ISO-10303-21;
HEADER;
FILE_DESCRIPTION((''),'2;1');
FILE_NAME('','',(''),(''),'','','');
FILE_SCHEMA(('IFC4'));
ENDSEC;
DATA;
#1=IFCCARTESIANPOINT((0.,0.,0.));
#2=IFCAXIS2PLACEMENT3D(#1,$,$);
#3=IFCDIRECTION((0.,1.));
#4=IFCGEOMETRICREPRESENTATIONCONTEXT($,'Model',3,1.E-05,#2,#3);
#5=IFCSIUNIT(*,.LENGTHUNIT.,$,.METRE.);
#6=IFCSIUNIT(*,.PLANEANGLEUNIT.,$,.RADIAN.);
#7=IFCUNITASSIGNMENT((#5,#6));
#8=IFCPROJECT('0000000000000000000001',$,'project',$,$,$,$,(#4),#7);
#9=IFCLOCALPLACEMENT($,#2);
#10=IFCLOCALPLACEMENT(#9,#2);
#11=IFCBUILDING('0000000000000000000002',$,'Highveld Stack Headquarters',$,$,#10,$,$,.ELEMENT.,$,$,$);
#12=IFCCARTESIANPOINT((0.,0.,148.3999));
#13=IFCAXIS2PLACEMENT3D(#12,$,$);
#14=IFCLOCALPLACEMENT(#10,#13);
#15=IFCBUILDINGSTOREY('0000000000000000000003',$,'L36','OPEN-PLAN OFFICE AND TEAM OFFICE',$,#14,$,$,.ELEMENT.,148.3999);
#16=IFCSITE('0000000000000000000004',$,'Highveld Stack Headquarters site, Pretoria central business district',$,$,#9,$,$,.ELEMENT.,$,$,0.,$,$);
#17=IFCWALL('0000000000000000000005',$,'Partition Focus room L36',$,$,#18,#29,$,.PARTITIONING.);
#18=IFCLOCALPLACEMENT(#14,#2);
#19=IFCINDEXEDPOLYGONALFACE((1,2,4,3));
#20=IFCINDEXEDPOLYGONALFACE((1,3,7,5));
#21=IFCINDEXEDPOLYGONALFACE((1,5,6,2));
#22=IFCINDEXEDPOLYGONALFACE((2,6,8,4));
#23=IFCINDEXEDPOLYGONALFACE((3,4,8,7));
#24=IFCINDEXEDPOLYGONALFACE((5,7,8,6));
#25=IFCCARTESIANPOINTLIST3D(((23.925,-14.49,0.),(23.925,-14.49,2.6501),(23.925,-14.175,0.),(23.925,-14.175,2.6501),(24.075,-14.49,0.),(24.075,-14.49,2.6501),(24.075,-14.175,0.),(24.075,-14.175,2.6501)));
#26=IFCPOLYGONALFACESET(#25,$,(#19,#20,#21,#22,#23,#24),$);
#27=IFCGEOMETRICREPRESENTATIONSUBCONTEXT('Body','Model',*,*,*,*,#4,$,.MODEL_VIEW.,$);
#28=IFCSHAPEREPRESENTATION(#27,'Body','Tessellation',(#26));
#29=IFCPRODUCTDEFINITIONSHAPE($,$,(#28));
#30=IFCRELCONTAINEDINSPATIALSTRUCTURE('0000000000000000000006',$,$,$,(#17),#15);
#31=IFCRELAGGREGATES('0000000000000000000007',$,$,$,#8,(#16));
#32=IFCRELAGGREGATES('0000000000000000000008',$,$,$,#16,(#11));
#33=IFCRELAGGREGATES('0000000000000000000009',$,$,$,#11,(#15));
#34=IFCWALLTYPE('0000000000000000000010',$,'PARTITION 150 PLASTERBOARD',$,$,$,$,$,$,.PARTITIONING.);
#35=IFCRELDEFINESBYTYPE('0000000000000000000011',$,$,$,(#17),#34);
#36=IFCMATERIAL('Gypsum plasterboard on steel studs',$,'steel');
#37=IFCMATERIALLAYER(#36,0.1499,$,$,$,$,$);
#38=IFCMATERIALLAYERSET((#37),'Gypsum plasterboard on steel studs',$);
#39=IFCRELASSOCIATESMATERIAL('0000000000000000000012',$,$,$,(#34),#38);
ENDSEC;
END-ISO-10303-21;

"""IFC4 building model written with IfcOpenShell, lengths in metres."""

from ifc_helpers import new_model, si_unit, direction, frame, frame_2d, origin, place, context, subcontext, project, spatial, rectangle, extrude, material, layer, layer_set, type_object, element, save


model = new_model("IFC4")

# Units and contexts
model_context = context("Model", 3, precision=1e-05, world=origin(), true_north=direction((0.0, 1.0)))
body_context = subcontext(model_context, "Body", "Model", "MODEL_VIEW")
ifc_project = project(units=[si_unit("LENGTHUNIT", "METRE"), si_unit("PLANEANGLEUNIT", "RADIAN")], contexts=[model_context])

# Site, building, storey
site_placement = place(None, origin())
site = spatial("IfcSite", under=ifc_project, at=site_placement, Name="Highveld Stack Headquarters site, Pretoria central business district", CompositionType="ELEMENT", RefElevation=0.0)
building_placement = place(site_placement, origin())
building = spatial("IfcBuilding", under=site, at=building_placement, Name="Highveld Stack Headquarters", CompositionType="ELEMENT")
storey_placement = place(building_placement, frame((0.0, 0.0, 148.3999)))
storey = spatial("IfcBuildingStorey", under=building, at=storey_placement, Name="L36", Description="OPEN-PLAN OFFICE AND TEAM OFFICE", CompositionType="ELEMENT", Elevation=148.3999)

# Shared definitions
ifc_material_1 = material(Name="Gypsum plasterboard on steel studs", Category="steel")
ifc_layer_1 = layer(ifc_material_1, 0.1499)
ifc_layer_set_1 = layer_set([ifc_layer_1], Name="Gypsum plasterboard on steel studs")
wall_type = type_object("IfcWallType", Name="PARTITION 150 PLASTERBOARD", PredefinedType="PARTITIONING", material=ifc_layer_set_1)

# Wall
wall_1_placement = place(storey_placement, frame((24.0, -14.49, 0.0), z_axis=(0.0, 0.0, 1.0), x_axis=(0.0, 1.0, 0.0)))
element("IfcWall", 1, at=wall_1_placement, inside=storey, type_object=wall_type, Name="Partition Focus room L36", PredefinedType="PARTITIONING", context=body_context, shape_type="SweptSolid", body=[
    extrude(rectangle(XDim=0.3149, YDim=0.1499, at=frame_2d((0.1575, 0.0))), origin(), (0.0, 0.0, 1.0), 2.6501),
])

save(model, "model.ifc")
